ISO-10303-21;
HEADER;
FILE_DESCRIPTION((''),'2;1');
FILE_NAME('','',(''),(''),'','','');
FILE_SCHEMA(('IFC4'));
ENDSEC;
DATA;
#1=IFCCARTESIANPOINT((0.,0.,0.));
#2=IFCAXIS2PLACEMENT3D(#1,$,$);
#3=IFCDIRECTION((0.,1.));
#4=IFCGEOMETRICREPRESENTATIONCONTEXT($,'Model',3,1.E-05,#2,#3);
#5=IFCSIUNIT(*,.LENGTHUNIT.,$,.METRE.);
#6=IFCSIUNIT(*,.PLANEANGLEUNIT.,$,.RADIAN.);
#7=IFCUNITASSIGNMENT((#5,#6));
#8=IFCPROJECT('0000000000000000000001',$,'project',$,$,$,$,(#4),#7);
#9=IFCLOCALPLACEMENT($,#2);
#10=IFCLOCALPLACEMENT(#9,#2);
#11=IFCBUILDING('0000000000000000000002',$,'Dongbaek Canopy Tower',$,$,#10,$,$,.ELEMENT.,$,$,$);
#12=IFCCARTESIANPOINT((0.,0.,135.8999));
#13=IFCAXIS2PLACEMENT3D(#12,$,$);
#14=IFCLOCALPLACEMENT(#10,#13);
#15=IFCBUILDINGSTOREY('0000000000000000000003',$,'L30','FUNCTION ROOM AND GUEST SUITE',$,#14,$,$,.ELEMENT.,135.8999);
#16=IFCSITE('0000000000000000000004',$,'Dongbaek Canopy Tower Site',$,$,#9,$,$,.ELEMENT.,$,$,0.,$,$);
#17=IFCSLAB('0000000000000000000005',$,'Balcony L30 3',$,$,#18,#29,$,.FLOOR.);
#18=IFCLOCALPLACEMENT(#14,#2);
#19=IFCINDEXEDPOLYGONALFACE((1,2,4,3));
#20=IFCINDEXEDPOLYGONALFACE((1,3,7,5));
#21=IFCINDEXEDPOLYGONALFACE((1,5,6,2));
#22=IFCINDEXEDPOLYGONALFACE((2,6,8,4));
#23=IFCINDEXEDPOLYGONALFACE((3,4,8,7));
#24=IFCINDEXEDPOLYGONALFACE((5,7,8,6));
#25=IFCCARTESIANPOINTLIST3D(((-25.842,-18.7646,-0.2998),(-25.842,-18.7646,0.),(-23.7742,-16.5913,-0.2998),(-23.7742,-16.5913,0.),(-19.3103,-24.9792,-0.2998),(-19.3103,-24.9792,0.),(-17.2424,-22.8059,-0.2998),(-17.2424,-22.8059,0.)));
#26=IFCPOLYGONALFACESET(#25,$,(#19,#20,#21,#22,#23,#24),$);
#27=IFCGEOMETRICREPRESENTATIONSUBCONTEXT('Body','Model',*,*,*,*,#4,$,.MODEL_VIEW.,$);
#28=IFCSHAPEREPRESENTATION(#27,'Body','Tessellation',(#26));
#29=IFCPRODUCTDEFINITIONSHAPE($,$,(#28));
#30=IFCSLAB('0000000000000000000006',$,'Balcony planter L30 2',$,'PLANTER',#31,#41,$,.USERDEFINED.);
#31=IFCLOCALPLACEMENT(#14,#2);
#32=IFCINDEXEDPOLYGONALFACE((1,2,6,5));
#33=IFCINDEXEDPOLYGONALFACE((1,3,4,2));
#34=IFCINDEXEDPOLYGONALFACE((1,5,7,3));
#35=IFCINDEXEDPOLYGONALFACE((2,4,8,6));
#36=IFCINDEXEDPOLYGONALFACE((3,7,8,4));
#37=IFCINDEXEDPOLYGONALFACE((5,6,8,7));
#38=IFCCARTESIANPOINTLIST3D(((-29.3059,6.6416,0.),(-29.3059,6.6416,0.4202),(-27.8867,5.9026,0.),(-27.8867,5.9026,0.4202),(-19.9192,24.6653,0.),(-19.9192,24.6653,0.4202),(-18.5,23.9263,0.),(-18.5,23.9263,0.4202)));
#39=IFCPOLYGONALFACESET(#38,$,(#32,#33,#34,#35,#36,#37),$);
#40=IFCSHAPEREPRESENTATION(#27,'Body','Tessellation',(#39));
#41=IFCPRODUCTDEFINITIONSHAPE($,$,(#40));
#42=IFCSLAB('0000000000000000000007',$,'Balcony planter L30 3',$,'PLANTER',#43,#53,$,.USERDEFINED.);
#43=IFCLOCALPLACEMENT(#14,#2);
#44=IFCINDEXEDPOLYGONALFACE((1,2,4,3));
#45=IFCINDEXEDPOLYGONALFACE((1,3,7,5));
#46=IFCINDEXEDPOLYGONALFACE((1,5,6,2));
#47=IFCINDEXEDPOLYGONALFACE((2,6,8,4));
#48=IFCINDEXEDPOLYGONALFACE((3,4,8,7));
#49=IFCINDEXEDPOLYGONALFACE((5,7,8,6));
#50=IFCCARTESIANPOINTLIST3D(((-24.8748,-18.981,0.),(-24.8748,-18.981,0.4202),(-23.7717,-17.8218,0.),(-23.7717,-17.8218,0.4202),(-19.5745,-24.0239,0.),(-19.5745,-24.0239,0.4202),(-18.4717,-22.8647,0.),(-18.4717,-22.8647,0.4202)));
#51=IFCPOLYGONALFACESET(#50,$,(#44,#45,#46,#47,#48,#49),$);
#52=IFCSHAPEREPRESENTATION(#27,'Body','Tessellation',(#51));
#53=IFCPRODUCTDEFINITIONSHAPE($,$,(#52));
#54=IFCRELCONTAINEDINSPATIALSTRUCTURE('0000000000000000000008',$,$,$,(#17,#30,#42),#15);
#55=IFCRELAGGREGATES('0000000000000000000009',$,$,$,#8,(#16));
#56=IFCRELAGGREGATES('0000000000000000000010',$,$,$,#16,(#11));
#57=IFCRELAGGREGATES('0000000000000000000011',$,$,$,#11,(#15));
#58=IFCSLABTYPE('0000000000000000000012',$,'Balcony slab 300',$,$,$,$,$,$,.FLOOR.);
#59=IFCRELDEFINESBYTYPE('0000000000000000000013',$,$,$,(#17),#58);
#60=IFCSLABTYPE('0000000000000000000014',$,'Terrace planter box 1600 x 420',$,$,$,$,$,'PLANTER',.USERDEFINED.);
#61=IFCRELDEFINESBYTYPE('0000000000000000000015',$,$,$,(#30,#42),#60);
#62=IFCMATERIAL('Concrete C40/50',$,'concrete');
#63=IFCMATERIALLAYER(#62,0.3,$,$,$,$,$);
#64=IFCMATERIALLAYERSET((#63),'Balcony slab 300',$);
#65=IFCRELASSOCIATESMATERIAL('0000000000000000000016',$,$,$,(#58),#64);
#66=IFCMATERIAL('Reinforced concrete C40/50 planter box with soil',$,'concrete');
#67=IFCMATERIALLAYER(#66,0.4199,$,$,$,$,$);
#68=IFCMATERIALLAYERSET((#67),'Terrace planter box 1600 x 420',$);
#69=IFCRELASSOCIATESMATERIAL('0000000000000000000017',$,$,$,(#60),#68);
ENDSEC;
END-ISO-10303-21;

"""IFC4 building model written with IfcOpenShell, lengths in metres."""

from ifc_helpers import new_model, si_unit, direction, frame, origin, place, context, subcontext, project, spatial, polyline, outline, extrude, material, layer, layer_set, type_object, element, save


model = new_model("IFC4")

# Units and contexts
model_context = context("Model", 3, precision=1e-05, world=origin(), true_north=direction((0.0, 1.0)))
body_context = subcontext(model_context, "Body", "Model", "MODEL_VIEW")
ifc_project = project(units=[si_unit("LENGTHUNIT", "METRE"), si_unit("PLANEANGLEUNIT", "RADIAN")], contexts=[model_context])

# Site, building, storey
site_placement = place(None, origin())
site = spatial("IfcSite", under=ifc_project, at=site_placement, Name="Dongbaek Canopy Tower Site", CompositionType="ELEMENT", RefElevation=0.0)
building_placement = place(site_placement, origin())
building = spatial("IfcBuilding", under=site, at=building_placement, Name="Dongbaek Canopy Tower", CompositionType="ELEMENT")
storey_placement = place(building_placement, frame((0.0, 0.0, 135.8999)))
storey = spatial("IfcBuildingStorey", under=building, at=storey_placement, Name="L30", Description="FUNCTION ROOM AND GUEST SUITE", CompositionType="ELEMENT", Elevation=135.8999)

# Slabs
ifc_material_1 = material(Name="Concrete C40/50", Category="concrete")
ifc_layer_1 = layer(ifc_material_1, 0.3)
ifc_layer_set_1 = layer_set([ifc_layer_1], Name="Balcony slab 300")
slab_type_1 = type_object("IfcSlabType", Name="Balcony slab 300", PredefinedType="FLOOR", material=ifc_layer_set_1)
slab_1_placement = place(storey_placement, frame((0.0, 0.0, -0.2998)))
element("IfcSlab", 1, at=slab_1_placement, inside=storey, type_object=slab_type_1, Name="Balcony L30 3", PredefinedType="FLOOR", context=body_context, shape_type="SweptSolid", body=[
    extrude(outline(polyline([(-23.7742, -16.5913), (-17.2424, -22.8059), (-19.3103, -24.9792), (-25.842, -18.7646), (-23.7742, -16.5913)])), origin(), (0.0, 0.0, 1.0), 0.2998),
])
ifc_material_2 = material(Name="Reinforced concrete C40/50 planter box with soil", Category="concrete")
ifc_layer_2 = layer(ifc_material_2, 0.4199)
ifc_layer_set_2 = layer_set([ifc_layer_2], Name="Terrace planter box 1600 x 420")
slab_type_2 = type_object("IfcSlabType", Name="Terrace planter box 1600 x 420", ElementType="PLANTER", PredefinedType="USERDEFINED", material=ifc_layer_set_2)
slab_2_placement = place(storey_placement, origin())
element("IfcSlab", 2, at=slab_2_placement, inside=storey, type_object=slab_type_2, Name="Balcony planter L30 2", ObjectType="PLANTER", PredefinedType="USERDEFINED", context=body_context, shape_type="SweptSolid", body=[
    extrude(outline(polyline([(-18.5, 23.9263), (-27.8867, 5.9026), (-29.3059, 6.6416), (-19.9192, 24.6653), (-18.5, 23.9263)])), origin(), (0.0, 0.0, 1.0), 0.4202),
])
slab_3_placement = place(storey_placement, origin())
element("IfcSlab", 3, at=slab_3_placement, inside=storey, type_object=slab_type_2, Name="Balcony planter L30 3", ObjectType="PLANTER", PredefinedType="USERDEFINED", context=body_context, shape_type="SweptSolid", body=[
    extrude(outline(polyline([(-23.7717, -17.8218), (-18.4717, -22.8647), (-19.5745, -24.0239), (-24.8748, -18.981), (-23.7717, -17.8218)])), origin(), (0.0, 0.0, 1.0), 0.4202),
])

save(model, "model.ifc")
